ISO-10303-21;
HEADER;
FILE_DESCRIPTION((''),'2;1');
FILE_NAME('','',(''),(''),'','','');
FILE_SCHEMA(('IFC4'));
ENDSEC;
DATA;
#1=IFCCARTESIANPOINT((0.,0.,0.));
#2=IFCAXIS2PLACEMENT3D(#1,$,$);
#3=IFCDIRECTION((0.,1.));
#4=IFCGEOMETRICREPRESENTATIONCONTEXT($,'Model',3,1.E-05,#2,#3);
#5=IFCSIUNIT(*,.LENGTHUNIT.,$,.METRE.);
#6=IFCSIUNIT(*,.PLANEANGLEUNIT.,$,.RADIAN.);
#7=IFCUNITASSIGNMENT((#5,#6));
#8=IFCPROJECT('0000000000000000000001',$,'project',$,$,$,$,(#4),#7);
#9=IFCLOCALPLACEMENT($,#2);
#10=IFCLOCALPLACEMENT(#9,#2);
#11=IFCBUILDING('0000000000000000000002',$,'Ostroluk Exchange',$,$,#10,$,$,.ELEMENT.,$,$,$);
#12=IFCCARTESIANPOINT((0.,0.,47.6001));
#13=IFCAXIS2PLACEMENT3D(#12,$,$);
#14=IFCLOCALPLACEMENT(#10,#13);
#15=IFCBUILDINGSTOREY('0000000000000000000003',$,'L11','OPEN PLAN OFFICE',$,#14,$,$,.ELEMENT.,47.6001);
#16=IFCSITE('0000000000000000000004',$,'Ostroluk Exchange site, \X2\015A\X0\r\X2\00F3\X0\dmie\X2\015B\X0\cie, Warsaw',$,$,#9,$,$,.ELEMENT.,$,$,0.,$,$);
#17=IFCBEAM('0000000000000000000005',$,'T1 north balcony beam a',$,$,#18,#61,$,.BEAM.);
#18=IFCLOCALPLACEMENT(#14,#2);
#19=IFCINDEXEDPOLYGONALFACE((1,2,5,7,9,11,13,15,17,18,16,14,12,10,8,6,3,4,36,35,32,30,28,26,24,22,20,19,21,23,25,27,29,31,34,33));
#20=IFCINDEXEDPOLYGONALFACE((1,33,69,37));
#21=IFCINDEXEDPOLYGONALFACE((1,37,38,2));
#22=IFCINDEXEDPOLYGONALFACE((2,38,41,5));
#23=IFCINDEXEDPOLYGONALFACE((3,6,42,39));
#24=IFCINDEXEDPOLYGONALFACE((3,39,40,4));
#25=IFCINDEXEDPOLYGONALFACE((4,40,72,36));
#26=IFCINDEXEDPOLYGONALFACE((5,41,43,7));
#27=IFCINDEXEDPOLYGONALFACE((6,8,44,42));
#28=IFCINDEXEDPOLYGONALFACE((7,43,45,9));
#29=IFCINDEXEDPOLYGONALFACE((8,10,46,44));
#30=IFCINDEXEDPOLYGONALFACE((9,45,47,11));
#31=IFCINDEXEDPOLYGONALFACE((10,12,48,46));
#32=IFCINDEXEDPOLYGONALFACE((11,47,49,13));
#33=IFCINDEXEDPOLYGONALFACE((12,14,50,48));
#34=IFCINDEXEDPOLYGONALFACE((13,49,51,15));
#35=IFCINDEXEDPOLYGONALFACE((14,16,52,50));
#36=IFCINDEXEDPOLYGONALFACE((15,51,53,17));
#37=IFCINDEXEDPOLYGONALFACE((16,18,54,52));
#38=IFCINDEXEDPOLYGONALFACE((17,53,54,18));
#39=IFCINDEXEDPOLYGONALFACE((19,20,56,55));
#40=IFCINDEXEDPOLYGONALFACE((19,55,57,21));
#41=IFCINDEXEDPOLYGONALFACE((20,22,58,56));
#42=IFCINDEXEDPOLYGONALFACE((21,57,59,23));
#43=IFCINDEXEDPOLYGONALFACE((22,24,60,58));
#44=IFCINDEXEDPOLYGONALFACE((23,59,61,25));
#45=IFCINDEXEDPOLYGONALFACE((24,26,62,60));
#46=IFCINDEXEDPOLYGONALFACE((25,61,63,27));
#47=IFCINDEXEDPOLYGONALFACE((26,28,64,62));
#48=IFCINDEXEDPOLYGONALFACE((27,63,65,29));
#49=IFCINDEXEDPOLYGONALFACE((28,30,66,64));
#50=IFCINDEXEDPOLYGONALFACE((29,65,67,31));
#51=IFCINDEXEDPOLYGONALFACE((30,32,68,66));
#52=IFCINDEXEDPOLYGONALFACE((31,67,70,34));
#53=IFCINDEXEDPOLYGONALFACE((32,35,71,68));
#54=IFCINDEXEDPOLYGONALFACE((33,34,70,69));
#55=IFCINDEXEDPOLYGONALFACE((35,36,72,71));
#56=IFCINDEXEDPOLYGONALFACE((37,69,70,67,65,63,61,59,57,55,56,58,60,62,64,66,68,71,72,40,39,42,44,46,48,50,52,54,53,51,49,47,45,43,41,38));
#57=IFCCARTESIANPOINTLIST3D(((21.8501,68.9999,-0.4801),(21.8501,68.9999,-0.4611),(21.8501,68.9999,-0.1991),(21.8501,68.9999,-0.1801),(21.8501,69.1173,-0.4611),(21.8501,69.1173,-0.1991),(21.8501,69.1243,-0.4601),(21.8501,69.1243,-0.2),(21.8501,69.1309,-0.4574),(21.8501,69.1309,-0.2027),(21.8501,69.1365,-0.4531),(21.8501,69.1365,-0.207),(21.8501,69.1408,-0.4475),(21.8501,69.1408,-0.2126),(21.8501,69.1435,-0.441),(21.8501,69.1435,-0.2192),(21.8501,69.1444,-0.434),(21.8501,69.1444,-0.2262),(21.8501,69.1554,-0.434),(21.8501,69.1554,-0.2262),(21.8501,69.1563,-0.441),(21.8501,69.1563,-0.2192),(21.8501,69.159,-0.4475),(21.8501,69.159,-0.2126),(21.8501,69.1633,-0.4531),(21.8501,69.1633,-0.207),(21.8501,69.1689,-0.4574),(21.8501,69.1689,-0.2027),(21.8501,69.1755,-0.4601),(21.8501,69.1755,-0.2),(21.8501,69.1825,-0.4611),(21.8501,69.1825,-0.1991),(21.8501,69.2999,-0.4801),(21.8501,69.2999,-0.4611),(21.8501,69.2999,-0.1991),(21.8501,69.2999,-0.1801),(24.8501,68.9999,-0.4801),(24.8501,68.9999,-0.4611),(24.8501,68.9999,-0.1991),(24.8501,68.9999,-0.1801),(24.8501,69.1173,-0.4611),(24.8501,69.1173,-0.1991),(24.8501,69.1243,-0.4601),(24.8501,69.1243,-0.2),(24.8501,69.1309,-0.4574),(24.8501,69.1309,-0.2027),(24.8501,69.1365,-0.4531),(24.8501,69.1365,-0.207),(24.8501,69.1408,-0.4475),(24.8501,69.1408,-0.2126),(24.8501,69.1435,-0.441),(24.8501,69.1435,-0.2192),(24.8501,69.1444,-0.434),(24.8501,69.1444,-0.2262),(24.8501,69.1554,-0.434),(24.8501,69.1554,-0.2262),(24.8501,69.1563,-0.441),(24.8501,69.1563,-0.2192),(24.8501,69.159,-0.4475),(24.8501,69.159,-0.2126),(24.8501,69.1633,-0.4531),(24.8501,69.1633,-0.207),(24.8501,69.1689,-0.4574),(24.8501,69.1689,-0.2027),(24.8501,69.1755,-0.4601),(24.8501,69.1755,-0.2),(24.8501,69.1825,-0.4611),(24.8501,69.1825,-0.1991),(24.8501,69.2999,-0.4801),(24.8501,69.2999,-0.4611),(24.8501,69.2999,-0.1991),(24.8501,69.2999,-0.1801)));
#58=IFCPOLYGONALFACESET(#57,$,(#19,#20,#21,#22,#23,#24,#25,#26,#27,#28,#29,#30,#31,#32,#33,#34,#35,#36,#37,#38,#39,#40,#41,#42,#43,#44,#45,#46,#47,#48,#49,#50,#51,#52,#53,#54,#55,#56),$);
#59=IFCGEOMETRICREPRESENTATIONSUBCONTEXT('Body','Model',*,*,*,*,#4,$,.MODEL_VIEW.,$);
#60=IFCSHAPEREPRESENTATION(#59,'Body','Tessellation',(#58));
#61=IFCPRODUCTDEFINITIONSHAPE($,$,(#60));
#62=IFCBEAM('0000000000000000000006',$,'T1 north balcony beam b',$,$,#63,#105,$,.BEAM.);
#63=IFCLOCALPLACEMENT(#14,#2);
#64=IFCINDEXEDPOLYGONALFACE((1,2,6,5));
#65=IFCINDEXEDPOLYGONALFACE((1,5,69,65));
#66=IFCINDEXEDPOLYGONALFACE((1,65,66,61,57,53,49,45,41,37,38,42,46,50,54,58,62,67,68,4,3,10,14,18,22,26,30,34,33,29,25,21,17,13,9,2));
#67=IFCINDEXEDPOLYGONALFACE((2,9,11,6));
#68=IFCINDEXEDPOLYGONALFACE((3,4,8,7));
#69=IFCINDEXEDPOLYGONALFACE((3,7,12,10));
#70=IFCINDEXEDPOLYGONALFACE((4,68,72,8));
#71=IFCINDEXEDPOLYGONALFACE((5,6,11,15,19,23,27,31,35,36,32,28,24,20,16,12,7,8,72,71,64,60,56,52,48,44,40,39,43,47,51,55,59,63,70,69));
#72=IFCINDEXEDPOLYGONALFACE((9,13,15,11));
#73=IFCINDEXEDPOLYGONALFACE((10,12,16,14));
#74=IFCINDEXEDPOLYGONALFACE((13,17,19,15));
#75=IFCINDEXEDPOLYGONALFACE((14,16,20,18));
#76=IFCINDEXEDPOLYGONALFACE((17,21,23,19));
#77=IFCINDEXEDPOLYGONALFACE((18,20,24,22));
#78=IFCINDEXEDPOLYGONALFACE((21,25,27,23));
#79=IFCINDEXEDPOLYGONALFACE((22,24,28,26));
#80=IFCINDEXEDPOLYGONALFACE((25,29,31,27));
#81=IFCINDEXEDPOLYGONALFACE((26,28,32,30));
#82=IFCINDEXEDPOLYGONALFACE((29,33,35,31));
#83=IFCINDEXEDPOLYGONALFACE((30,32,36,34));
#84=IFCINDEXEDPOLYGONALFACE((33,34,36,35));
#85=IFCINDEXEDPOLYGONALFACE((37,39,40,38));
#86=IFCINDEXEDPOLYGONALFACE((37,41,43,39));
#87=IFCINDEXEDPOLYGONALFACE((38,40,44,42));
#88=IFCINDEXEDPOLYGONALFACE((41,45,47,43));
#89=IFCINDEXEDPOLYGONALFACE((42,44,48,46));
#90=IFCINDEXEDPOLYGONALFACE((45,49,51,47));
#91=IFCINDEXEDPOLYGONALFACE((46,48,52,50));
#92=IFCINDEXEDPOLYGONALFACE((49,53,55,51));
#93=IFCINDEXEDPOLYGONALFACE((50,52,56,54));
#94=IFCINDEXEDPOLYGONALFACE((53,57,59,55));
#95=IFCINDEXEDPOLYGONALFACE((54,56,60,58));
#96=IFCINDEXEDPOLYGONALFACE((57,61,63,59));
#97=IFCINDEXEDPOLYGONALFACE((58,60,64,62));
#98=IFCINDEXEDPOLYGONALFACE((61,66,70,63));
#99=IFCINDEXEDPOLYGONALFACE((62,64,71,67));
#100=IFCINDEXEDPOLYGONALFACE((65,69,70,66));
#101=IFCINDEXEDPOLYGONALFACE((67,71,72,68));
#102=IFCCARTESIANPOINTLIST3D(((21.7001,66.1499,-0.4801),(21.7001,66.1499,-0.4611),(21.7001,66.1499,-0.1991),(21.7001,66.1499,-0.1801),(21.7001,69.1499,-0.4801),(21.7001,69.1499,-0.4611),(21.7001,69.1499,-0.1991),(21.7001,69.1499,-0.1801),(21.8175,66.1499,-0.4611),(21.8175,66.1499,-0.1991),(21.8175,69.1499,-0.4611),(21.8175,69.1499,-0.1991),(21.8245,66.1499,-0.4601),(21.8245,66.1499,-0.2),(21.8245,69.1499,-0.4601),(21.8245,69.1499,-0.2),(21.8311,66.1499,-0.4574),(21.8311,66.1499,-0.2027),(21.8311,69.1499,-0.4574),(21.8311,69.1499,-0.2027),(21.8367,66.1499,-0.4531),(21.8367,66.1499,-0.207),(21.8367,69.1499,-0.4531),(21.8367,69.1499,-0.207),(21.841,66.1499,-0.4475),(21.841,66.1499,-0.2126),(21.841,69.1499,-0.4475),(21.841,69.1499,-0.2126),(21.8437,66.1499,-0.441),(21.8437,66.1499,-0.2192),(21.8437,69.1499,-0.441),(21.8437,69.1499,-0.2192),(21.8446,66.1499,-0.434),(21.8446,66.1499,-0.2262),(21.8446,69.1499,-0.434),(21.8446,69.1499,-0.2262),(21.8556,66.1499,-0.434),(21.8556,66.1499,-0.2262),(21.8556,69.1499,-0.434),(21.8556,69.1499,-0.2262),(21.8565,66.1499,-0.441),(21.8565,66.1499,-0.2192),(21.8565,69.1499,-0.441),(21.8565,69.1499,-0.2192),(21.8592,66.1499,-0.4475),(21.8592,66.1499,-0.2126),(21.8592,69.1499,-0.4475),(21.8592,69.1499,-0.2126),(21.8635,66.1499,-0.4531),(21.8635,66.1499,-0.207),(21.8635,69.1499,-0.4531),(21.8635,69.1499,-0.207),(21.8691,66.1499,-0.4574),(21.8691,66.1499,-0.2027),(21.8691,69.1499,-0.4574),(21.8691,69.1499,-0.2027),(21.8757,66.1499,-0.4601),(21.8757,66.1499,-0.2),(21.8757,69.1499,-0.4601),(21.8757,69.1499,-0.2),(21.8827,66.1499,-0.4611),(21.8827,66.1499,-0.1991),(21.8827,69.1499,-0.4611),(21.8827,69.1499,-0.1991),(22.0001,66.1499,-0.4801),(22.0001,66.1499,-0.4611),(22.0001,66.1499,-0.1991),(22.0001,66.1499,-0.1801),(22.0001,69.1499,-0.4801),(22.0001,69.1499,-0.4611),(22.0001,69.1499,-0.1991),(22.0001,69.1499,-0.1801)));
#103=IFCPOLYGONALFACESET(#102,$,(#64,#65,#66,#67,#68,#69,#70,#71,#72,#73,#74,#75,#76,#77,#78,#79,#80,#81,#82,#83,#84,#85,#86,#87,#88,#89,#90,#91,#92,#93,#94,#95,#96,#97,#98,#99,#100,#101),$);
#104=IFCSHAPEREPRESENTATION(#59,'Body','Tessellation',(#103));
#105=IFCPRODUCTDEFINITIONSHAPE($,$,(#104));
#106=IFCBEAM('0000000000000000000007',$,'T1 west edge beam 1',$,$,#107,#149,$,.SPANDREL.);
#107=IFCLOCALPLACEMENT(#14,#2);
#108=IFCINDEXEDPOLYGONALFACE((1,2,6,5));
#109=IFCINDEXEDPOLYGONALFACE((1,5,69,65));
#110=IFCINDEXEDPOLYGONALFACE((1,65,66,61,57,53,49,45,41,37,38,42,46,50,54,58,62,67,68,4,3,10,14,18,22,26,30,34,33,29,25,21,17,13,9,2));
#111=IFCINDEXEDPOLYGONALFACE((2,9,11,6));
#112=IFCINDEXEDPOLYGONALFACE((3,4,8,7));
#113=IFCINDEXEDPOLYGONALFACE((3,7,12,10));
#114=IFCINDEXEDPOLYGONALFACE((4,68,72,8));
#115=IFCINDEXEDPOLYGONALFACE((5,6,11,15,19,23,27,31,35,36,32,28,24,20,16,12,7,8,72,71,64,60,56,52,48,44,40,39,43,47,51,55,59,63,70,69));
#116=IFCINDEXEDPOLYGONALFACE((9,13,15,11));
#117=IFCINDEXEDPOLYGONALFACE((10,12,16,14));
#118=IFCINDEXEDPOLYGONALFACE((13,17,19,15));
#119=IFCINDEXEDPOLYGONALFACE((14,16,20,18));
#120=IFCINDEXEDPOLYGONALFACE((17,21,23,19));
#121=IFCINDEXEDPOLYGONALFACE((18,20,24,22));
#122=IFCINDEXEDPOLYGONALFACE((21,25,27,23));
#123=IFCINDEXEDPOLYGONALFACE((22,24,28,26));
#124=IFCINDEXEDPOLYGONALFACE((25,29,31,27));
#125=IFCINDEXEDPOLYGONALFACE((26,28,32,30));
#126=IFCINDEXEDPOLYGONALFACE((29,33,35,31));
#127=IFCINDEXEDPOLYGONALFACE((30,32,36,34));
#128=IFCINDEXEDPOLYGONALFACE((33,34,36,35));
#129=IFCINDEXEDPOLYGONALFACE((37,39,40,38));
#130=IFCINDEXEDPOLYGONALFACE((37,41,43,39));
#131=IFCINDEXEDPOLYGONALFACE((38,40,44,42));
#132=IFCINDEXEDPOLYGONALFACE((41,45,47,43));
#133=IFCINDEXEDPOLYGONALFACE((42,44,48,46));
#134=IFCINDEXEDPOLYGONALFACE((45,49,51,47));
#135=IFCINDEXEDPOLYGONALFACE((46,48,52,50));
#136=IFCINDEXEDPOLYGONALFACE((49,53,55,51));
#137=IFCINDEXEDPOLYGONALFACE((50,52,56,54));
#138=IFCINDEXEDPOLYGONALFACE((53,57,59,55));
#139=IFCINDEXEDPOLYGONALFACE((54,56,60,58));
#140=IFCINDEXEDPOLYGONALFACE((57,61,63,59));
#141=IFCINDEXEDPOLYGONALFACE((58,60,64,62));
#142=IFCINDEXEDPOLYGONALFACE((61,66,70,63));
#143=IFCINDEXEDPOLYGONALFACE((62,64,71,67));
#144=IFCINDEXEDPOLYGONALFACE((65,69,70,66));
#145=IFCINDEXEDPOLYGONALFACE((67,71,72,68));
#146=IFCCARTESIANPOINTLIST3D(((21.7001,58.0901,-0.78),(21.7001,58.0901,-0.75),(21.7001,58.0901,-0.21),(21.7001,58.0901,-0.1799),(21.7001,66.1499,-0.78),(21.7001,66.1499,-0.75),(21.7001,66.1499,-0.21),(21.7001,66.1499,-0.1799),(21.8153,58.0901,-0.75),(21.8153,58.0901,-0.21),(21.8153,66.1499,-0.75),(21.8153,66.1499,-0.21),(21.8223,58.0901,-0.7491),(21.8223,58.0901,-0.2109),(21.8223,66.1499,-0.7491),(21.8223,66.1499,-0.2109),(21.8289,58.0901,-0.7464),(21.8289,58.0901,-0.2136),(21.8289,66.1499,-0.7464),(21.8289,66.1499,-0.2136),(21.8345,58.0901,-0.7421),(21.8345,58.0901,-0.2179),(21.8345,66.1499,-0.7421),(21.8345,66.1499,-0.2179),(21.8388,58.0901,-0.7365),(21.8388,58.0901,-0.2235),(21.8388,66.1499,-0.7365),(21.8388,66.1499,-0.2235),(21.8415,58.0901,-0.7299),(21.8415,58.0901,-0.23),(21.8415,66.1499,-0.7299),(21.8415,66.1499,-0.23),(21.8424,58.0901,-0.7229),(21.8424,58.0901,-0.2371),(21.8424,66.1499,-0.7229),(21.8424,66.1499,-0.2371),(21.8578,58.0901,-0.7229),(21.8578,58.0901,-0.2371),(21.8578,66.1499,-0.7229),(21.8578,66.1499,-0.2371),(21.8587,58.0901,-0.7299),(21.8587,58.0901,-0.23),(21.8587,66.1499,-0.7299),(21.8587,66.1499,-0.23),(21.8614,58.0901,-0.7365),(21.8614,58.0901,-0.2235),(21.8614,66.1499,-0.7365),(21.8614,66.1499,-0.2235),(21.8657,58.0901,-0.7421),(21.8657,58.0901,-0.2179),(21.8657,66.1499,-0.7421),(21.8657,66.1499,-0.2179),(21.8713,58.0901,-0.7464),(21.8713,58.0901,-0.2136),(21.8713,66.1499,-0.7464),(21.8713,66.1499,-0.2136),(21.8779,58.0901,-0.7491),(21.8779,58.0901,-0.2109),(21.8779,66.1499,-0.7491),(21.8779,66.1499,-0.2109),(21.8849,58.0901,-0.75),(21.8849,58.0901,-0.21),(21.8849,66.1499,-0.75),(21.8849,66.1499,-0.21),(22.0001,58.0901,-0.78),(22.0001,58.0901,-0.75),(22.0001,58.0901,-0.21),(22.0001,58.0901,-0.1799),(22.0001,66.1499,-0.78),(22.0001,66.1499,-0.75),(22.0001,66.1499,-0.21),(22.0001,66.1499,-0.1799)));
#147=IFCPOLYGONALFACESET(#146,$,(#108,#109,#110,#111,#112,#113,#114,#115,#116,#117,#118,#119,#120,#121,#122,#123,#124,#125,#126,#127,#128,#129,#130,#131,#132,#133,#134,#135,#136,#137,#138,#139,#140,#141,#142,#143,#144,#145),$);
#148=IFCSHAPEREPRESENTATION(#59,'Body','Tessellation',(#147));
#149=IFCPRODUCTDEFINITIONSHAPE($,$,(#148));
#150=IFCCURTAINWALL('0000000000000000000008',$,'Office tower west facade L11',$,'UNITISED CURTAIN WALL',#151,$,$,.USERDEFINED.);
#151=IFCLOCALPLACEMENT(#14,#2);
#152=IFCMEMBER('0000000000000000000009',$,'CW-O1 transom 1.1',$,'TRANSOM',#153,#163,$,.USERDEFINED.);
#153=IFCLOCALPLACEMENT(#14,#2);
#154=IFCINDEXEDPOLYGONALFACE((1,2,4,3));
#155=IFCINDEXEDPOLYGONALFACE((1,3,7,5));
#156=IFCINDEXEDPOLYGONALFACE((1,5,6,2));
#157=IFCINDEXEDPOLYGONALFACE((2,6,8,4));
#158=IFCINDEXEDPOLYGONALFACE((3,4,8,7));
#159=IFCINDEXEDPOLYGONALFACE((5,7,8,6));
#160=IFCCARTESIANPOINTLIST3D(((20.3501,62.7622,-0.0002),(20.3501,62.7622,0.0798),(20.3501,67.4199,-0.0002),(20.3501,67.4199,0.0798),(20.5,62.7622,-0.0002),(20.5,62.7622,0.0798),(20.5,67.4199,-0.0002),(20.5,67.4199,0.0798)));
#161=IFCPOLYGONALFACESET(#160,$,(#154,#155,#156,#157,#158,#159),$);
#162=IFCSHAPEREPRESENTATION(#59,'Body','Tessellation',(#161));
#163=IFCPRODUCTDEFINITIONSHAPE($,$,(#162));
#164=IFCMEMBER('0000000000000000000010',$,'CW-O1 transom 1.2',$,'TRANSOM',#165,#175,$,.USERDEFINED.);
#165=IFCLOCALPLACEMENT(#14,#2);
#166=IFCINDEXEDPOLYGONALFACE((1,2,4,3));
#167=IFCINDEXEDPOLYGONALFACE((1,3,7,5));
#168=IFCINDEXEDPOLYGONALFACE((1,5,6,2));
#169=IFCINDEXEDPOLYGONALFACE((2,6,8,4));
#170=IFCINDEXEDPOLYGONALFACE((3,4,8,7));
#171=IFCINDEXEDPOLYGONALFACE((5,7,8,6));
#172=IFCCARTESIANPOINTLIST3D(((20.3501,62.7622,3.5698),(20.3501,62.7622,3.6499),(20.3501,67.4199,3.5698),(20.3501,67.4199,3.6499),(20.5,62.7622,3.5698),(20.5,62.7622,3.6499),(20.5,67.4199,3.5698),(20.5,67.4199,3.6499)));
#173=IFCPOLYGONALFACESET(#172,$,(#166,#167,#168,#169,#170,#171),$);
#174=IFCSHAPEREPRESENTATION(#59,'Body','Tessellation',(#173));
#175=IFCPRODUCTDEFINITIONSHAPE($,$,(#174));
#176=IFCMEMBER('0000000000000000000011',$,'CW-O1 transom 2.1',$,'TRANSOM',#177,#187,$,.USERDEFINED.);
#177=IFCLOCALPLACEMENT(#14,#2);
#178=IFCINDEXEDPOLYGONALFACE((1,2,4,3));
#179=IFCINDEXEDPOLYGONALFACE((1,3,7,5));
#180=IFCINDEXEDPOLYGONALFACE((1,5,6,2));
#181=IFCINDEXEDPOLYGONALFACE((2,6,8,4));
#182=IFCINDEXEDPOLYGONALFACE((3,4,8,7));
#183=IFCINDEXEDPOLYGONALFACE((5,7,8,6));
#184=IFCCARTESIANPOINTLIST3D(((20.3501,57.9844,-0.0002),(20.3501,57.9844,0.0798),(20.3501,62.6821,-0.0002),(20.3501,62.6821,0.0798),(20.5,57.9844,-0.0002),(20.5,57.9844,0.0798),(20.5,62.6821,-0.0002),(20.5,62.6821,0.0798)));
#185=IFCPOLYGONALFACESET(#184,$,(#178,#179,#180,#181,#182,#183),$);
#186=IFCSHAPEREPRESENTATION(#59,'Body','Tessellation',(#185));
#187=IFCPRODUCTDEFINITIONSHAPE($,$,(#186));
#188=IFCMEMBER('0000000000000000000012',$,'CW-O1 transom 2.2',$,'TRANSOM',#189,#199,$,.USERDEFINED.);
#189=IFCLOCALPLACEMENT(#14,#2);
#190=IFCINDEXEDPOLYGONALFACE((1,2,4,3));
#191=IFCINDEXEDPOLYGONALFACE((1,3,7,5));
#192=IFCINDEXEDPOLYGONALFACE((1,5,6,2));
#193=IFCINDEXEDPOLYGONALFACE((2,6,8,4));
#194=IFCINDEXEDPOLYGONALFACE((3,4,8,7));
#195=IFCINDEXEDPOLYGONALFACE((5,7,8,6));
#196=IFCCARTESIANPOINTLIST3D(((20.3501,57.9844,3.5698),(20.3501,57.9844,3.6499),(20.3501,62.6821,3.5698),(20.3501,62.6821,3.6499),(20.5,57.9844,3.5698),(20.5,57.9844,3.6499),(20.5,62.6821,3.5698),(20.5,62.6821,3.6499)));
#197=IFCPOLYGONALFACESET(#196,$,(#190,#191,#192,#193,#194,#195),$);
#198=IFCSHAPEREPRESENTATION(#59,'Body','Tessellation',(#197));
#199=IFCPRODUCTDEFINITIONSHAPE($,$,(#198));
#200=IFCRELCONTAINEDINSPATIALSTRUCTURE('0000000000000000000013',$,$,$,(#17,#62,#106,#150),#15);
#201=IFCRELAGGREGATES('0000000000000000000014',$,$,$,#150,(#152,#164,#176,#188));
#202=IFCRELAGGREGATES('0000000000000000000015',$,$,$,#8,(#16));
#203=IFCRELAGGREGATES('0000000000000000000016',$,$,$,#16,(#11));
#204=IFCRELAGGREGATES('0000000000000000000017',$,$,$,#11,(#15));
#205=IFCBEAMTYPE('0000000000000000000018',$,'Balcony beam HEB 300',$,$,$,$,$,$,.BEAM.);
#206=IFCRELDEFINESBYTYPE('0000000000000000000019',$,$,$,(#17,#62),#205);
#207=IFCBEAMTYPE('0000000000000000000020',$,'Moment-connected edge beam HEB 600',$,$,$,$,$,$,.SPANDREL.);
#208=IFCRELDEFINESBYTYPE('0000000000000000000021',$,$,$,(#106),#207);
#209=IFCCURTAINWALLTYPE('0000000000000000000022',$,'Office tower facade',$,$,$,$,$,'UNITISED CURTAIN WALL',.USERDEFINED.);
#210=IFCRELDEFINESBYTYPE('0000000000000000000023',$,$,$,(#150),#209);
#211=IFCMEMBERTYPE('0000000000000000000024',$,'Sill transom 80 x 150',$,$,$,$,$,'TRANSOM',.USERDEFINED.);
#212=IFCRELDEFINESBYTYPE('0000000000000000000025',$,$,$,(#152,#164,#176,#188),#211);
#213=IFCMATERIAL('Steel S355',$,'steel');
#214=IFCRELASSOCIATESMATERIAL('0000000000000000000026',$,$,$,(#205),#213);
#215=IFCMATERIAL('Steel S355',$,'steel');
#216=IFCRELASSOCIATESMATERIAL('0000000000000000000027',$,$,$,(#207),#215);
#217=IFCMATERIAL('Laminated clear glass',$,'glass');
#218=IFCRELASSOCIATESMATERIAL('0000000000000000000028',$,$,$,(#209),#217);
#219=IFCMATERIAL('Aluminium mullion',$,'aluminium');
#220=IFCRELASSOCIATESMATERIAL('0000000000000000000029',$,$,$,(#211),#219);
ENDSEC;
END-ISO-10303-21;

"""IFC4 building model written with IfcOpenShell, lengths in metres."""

from ifc_helpers import new_model, si_unit, direction, frame, origin, origin_2d, place, context, subcontext, project, spatial, rectangle, i_section, extrude, material, material_profile, profile_set, type_object, element, aggregate, save


model = new_model("IFC4")

# Units and contexts
model_context = context("Model", 3, precision=1e-05, world=origin(), true_north=direction((0.0, 1.0)))
body_context = subcontext(model_context, "Body", "Model", "MODEL_VIEW")
ifc_project = project(units=[si_unit("LENGTHUNIT", "METRE"), si_unit("PLANEANGLEUNIT", "RADIAN")], contexts=[model_context])

# Site, building, storey
site_placement = place(None, origin())
site = spatial("IfcSite", under=ifc_project, at=site_placement, Name="Ostroluk Exchange site, Śródmieście, Warsaw", CompositionType="ELEMENT", RefElevation=0.0)
building_placement = place(site_placement, origin())
building = spatial("IfcBuilding", under=site, at=building_placement, Name="Ostroluk Exchange", CompositionType="ELEMENT")
storey_placement = place(building_placement, frame((0.0, 0.0, 47.6001)))
storey = spatial("IfcBuildingStorey", under=building, at=storey_placement, Name="L11", Description="OPEN PLAN OFFICE", CompositionType="ELEMENT", Elevation=47.6001)

# Beams
ifc_material_1 = material(Name="Steel S355", Category="steel")
ifc_material_profile_1 = material_profile(ifc_material_1, i_section(OverallWidth=0.3, OverallDepth=0.3, WebThickness=0.011, FlangeThickness=0.019, FilletRadius=0.0271, at=origin_2d()), Name="HEB 300")
ifc_profile_set_1 = profile_set([ifc_material_profile_1], Name="Steel S355")
beam_type_1 = type_object("IfcBeamType", Name="Balcony beam HEB 300", PredefinedType="BEAM", material=ifc_profile_set_1)
for number, where, z_axis, x_axis, name in (
    (1, (24.8501, 69.1499, -0.3301), (-1.0, 0.0, 0.0), (0.0, -1.0, 0.0), "T1 north balcony beam a"),
    (2, (21.8501, 66.1499, -0.3301), (0.0, 1.0, 0.0), (-1.0, 0.0, 0.0), "T1 north balcony beam b"),
):
    element("IfcBeam", number, at=place(storey_placement, frame(where, z_axis=z_axis, x_axis=x_axis)), inside=storey, type_object=beam_type_1, Name=name, PredefinedType="BEAM", context=body_context, shape_type="SweptSolid", body=[
        extrude(i_section(OverallWidth=0.3, OverallDepth=0.3, WebThickness=0.011, FlangeThickness=0.019, FilletRadius=0.0271, at=origin_2d()), origin(), (0.0, 0.0, 1.0), 3.0),
    ])
ifc_material_2 = material(Name="Steel S355", Category="steel")
ifc_material_profile_2 = material_profile(ifc_material_2, i_section(OverallWidth=0.3, OverallDepth=0.6001, WebThickness=0.0154, FlangeThickness=0.03, FilletRadius=0.0271, at=origin_2d()), Name="HEB 600")
ifc_profile_set_2 = profile_set([ifc_material_profile_2], Name="Steel S355")
beam_type_2 = type_object("IfcBeamType", Name="Moment-connected edge beam HEB 600", PredefinedType="SPANDREL", material=ifc_profile_set_2)
beam_placement = place(storey_placement, frame((21.8501, 66.1499, -0.48), z_axis=(0.0, -1.0, 0.0), x_axis=(1.0, 0.0, 0.0)))
element("IfcBeam", 3, at=beam_placement, inside=storey, type_object=beam_type_2, Name="T1 west edge beam 1", PredefinedType="SPANDREL", context=body_context, shape_type="SweptSolid", body=[
    extrude(i_section(OverallWidth=0.3, OverallDepth=0.6001, WebThickness=0.0154, FlangeThickness=0.03, FilletRadius=0.0271, at=origin_2d()), origin(), (0.0, 0.0, 1.0), 8.0598),
])

# Curtain wall, members
ifc_material_3 = material(Name="Laminated clear glass", Category="glass")
curtain_wall_type = type_object("IfcCurtainWallType", Name="Office tower facade", ElementType="UNITISED CURTAIN WALL", PredefinedType="USERDEFINED", material=ifc_material_3)
curtain_wall_1_placement = place(storey_placement, origin())
curtain_wall_1 = element("IfcCurtainWall", 4, at=curtain_wall_1_placement, inside=storey, type_object=curtain_wall_type, Name="Office tower west facade L11", ObjectType="UNITISED CURTAIN WALL", PredefinedType="USERDEFINED")
ifc_material_4 = material(Name="Aluminium mullion", Category="aluminium")
ifc_material_profile_3 = material_profile(ifc_material_4, rectangle(XDim=0.1499, YDim=0.0801, at=origin_2d()), Name="Sill transom 80 x 150")
ifc_profile_set_3 = profile_set([ifc_material_profile_3], Name="Aluminium mullion")
member_type_1 = type_object("IfcMemberType", Name="Sill transom 80 x 150", ElementType="TRANSOM", PredefinedType="USERDEFINED", material=ifc_profile_set_3)
member_1_placement = place(storey_placement, frame((20.425, 67.4199, 0.0398), z_axis=(0.0, -1.0, 0.0), x_axis=(1.0, 0.0, 0.0)))
member_1 = element("IfcMember", 5, at=member_1_placement, type_object=member_type_1, Name="CW-O1 transom 1.1", ObjectType="TRANSOM", PredefinedType="USERDEFINED", context=body_context, shape_type="SweptSolid", body=[
    extrude(rectangle(XDim=0.1499, YDim=0.0801, at=origin_2d()), origin(), (0.0, 0.0, 1.0), 4.6577),
])
member_2_placement = place(storey_placement, frame((20.425, 67.4199, 3.6099), z_axis=(0.0, -1.0, 0.0), x_axis=(1.0, 0.0, 0.0)))
member_2 = element("IfcMember", 6, at=member_2_placement, type_object=member_type_1, Name="CW-O1 transom 1.2", ObjectType="TRANSOM", PredefinedType="USERDEFINED", context=body_context, shape_type="SweptSolid", body=[
    extrude(rectangle(XDim=0.1499, YDim=0.0801, at=origin_2d()), origin(), (0.0, 0.0, 1.0), 4.6577),
])
member_3_placement = place(storey_placement, frame((20.425, 62.6821, 0.0398), z_axis=(0.0, -1.0, 0.0), x_axis=(1.0, 0.0, 0.0)))
member_3 = element("IfcMember", 7, at=member_3_placement, type_object=member_type_1, Name="CW-O1 transom 2.1", ObjectType="TRANSOM", PredefinedType="USERDEFINED", context=body_context, shape_type="SweptSolid", body=[
    extrude(rectangle(XDim=0.1499, YDim=0.0801, at=origin_2d()), origin(), (0.0, 0.0, 1.0), 4.6978),
])
member_4_placement = place(storey_placement, frame((20.425, 62.6821, 3.6099), z_axis=(0.0, -1.0, 0.0), x_axis=(1.0, 0.0, 0.0)))
member_4 = element("IfcMember", 8, at=member_4_placement, type_object=member_type_1, Name="CW-O1 transom 2.2", ObjectType="TRANSOM", PredefinedType="USERDEFINED", context=body_context, shape_type="SweptSolid", body=[
    extrude(rectangle(XDim=0.1499, YDim=0.0801, at=origin_2d()), origin(), (0.0, 0.0, 1.0), 4.6978),
])

aggregate(curtain_wall_1, [member_1, member_2, member_3, member_4])

save(model, "model.ifc")
